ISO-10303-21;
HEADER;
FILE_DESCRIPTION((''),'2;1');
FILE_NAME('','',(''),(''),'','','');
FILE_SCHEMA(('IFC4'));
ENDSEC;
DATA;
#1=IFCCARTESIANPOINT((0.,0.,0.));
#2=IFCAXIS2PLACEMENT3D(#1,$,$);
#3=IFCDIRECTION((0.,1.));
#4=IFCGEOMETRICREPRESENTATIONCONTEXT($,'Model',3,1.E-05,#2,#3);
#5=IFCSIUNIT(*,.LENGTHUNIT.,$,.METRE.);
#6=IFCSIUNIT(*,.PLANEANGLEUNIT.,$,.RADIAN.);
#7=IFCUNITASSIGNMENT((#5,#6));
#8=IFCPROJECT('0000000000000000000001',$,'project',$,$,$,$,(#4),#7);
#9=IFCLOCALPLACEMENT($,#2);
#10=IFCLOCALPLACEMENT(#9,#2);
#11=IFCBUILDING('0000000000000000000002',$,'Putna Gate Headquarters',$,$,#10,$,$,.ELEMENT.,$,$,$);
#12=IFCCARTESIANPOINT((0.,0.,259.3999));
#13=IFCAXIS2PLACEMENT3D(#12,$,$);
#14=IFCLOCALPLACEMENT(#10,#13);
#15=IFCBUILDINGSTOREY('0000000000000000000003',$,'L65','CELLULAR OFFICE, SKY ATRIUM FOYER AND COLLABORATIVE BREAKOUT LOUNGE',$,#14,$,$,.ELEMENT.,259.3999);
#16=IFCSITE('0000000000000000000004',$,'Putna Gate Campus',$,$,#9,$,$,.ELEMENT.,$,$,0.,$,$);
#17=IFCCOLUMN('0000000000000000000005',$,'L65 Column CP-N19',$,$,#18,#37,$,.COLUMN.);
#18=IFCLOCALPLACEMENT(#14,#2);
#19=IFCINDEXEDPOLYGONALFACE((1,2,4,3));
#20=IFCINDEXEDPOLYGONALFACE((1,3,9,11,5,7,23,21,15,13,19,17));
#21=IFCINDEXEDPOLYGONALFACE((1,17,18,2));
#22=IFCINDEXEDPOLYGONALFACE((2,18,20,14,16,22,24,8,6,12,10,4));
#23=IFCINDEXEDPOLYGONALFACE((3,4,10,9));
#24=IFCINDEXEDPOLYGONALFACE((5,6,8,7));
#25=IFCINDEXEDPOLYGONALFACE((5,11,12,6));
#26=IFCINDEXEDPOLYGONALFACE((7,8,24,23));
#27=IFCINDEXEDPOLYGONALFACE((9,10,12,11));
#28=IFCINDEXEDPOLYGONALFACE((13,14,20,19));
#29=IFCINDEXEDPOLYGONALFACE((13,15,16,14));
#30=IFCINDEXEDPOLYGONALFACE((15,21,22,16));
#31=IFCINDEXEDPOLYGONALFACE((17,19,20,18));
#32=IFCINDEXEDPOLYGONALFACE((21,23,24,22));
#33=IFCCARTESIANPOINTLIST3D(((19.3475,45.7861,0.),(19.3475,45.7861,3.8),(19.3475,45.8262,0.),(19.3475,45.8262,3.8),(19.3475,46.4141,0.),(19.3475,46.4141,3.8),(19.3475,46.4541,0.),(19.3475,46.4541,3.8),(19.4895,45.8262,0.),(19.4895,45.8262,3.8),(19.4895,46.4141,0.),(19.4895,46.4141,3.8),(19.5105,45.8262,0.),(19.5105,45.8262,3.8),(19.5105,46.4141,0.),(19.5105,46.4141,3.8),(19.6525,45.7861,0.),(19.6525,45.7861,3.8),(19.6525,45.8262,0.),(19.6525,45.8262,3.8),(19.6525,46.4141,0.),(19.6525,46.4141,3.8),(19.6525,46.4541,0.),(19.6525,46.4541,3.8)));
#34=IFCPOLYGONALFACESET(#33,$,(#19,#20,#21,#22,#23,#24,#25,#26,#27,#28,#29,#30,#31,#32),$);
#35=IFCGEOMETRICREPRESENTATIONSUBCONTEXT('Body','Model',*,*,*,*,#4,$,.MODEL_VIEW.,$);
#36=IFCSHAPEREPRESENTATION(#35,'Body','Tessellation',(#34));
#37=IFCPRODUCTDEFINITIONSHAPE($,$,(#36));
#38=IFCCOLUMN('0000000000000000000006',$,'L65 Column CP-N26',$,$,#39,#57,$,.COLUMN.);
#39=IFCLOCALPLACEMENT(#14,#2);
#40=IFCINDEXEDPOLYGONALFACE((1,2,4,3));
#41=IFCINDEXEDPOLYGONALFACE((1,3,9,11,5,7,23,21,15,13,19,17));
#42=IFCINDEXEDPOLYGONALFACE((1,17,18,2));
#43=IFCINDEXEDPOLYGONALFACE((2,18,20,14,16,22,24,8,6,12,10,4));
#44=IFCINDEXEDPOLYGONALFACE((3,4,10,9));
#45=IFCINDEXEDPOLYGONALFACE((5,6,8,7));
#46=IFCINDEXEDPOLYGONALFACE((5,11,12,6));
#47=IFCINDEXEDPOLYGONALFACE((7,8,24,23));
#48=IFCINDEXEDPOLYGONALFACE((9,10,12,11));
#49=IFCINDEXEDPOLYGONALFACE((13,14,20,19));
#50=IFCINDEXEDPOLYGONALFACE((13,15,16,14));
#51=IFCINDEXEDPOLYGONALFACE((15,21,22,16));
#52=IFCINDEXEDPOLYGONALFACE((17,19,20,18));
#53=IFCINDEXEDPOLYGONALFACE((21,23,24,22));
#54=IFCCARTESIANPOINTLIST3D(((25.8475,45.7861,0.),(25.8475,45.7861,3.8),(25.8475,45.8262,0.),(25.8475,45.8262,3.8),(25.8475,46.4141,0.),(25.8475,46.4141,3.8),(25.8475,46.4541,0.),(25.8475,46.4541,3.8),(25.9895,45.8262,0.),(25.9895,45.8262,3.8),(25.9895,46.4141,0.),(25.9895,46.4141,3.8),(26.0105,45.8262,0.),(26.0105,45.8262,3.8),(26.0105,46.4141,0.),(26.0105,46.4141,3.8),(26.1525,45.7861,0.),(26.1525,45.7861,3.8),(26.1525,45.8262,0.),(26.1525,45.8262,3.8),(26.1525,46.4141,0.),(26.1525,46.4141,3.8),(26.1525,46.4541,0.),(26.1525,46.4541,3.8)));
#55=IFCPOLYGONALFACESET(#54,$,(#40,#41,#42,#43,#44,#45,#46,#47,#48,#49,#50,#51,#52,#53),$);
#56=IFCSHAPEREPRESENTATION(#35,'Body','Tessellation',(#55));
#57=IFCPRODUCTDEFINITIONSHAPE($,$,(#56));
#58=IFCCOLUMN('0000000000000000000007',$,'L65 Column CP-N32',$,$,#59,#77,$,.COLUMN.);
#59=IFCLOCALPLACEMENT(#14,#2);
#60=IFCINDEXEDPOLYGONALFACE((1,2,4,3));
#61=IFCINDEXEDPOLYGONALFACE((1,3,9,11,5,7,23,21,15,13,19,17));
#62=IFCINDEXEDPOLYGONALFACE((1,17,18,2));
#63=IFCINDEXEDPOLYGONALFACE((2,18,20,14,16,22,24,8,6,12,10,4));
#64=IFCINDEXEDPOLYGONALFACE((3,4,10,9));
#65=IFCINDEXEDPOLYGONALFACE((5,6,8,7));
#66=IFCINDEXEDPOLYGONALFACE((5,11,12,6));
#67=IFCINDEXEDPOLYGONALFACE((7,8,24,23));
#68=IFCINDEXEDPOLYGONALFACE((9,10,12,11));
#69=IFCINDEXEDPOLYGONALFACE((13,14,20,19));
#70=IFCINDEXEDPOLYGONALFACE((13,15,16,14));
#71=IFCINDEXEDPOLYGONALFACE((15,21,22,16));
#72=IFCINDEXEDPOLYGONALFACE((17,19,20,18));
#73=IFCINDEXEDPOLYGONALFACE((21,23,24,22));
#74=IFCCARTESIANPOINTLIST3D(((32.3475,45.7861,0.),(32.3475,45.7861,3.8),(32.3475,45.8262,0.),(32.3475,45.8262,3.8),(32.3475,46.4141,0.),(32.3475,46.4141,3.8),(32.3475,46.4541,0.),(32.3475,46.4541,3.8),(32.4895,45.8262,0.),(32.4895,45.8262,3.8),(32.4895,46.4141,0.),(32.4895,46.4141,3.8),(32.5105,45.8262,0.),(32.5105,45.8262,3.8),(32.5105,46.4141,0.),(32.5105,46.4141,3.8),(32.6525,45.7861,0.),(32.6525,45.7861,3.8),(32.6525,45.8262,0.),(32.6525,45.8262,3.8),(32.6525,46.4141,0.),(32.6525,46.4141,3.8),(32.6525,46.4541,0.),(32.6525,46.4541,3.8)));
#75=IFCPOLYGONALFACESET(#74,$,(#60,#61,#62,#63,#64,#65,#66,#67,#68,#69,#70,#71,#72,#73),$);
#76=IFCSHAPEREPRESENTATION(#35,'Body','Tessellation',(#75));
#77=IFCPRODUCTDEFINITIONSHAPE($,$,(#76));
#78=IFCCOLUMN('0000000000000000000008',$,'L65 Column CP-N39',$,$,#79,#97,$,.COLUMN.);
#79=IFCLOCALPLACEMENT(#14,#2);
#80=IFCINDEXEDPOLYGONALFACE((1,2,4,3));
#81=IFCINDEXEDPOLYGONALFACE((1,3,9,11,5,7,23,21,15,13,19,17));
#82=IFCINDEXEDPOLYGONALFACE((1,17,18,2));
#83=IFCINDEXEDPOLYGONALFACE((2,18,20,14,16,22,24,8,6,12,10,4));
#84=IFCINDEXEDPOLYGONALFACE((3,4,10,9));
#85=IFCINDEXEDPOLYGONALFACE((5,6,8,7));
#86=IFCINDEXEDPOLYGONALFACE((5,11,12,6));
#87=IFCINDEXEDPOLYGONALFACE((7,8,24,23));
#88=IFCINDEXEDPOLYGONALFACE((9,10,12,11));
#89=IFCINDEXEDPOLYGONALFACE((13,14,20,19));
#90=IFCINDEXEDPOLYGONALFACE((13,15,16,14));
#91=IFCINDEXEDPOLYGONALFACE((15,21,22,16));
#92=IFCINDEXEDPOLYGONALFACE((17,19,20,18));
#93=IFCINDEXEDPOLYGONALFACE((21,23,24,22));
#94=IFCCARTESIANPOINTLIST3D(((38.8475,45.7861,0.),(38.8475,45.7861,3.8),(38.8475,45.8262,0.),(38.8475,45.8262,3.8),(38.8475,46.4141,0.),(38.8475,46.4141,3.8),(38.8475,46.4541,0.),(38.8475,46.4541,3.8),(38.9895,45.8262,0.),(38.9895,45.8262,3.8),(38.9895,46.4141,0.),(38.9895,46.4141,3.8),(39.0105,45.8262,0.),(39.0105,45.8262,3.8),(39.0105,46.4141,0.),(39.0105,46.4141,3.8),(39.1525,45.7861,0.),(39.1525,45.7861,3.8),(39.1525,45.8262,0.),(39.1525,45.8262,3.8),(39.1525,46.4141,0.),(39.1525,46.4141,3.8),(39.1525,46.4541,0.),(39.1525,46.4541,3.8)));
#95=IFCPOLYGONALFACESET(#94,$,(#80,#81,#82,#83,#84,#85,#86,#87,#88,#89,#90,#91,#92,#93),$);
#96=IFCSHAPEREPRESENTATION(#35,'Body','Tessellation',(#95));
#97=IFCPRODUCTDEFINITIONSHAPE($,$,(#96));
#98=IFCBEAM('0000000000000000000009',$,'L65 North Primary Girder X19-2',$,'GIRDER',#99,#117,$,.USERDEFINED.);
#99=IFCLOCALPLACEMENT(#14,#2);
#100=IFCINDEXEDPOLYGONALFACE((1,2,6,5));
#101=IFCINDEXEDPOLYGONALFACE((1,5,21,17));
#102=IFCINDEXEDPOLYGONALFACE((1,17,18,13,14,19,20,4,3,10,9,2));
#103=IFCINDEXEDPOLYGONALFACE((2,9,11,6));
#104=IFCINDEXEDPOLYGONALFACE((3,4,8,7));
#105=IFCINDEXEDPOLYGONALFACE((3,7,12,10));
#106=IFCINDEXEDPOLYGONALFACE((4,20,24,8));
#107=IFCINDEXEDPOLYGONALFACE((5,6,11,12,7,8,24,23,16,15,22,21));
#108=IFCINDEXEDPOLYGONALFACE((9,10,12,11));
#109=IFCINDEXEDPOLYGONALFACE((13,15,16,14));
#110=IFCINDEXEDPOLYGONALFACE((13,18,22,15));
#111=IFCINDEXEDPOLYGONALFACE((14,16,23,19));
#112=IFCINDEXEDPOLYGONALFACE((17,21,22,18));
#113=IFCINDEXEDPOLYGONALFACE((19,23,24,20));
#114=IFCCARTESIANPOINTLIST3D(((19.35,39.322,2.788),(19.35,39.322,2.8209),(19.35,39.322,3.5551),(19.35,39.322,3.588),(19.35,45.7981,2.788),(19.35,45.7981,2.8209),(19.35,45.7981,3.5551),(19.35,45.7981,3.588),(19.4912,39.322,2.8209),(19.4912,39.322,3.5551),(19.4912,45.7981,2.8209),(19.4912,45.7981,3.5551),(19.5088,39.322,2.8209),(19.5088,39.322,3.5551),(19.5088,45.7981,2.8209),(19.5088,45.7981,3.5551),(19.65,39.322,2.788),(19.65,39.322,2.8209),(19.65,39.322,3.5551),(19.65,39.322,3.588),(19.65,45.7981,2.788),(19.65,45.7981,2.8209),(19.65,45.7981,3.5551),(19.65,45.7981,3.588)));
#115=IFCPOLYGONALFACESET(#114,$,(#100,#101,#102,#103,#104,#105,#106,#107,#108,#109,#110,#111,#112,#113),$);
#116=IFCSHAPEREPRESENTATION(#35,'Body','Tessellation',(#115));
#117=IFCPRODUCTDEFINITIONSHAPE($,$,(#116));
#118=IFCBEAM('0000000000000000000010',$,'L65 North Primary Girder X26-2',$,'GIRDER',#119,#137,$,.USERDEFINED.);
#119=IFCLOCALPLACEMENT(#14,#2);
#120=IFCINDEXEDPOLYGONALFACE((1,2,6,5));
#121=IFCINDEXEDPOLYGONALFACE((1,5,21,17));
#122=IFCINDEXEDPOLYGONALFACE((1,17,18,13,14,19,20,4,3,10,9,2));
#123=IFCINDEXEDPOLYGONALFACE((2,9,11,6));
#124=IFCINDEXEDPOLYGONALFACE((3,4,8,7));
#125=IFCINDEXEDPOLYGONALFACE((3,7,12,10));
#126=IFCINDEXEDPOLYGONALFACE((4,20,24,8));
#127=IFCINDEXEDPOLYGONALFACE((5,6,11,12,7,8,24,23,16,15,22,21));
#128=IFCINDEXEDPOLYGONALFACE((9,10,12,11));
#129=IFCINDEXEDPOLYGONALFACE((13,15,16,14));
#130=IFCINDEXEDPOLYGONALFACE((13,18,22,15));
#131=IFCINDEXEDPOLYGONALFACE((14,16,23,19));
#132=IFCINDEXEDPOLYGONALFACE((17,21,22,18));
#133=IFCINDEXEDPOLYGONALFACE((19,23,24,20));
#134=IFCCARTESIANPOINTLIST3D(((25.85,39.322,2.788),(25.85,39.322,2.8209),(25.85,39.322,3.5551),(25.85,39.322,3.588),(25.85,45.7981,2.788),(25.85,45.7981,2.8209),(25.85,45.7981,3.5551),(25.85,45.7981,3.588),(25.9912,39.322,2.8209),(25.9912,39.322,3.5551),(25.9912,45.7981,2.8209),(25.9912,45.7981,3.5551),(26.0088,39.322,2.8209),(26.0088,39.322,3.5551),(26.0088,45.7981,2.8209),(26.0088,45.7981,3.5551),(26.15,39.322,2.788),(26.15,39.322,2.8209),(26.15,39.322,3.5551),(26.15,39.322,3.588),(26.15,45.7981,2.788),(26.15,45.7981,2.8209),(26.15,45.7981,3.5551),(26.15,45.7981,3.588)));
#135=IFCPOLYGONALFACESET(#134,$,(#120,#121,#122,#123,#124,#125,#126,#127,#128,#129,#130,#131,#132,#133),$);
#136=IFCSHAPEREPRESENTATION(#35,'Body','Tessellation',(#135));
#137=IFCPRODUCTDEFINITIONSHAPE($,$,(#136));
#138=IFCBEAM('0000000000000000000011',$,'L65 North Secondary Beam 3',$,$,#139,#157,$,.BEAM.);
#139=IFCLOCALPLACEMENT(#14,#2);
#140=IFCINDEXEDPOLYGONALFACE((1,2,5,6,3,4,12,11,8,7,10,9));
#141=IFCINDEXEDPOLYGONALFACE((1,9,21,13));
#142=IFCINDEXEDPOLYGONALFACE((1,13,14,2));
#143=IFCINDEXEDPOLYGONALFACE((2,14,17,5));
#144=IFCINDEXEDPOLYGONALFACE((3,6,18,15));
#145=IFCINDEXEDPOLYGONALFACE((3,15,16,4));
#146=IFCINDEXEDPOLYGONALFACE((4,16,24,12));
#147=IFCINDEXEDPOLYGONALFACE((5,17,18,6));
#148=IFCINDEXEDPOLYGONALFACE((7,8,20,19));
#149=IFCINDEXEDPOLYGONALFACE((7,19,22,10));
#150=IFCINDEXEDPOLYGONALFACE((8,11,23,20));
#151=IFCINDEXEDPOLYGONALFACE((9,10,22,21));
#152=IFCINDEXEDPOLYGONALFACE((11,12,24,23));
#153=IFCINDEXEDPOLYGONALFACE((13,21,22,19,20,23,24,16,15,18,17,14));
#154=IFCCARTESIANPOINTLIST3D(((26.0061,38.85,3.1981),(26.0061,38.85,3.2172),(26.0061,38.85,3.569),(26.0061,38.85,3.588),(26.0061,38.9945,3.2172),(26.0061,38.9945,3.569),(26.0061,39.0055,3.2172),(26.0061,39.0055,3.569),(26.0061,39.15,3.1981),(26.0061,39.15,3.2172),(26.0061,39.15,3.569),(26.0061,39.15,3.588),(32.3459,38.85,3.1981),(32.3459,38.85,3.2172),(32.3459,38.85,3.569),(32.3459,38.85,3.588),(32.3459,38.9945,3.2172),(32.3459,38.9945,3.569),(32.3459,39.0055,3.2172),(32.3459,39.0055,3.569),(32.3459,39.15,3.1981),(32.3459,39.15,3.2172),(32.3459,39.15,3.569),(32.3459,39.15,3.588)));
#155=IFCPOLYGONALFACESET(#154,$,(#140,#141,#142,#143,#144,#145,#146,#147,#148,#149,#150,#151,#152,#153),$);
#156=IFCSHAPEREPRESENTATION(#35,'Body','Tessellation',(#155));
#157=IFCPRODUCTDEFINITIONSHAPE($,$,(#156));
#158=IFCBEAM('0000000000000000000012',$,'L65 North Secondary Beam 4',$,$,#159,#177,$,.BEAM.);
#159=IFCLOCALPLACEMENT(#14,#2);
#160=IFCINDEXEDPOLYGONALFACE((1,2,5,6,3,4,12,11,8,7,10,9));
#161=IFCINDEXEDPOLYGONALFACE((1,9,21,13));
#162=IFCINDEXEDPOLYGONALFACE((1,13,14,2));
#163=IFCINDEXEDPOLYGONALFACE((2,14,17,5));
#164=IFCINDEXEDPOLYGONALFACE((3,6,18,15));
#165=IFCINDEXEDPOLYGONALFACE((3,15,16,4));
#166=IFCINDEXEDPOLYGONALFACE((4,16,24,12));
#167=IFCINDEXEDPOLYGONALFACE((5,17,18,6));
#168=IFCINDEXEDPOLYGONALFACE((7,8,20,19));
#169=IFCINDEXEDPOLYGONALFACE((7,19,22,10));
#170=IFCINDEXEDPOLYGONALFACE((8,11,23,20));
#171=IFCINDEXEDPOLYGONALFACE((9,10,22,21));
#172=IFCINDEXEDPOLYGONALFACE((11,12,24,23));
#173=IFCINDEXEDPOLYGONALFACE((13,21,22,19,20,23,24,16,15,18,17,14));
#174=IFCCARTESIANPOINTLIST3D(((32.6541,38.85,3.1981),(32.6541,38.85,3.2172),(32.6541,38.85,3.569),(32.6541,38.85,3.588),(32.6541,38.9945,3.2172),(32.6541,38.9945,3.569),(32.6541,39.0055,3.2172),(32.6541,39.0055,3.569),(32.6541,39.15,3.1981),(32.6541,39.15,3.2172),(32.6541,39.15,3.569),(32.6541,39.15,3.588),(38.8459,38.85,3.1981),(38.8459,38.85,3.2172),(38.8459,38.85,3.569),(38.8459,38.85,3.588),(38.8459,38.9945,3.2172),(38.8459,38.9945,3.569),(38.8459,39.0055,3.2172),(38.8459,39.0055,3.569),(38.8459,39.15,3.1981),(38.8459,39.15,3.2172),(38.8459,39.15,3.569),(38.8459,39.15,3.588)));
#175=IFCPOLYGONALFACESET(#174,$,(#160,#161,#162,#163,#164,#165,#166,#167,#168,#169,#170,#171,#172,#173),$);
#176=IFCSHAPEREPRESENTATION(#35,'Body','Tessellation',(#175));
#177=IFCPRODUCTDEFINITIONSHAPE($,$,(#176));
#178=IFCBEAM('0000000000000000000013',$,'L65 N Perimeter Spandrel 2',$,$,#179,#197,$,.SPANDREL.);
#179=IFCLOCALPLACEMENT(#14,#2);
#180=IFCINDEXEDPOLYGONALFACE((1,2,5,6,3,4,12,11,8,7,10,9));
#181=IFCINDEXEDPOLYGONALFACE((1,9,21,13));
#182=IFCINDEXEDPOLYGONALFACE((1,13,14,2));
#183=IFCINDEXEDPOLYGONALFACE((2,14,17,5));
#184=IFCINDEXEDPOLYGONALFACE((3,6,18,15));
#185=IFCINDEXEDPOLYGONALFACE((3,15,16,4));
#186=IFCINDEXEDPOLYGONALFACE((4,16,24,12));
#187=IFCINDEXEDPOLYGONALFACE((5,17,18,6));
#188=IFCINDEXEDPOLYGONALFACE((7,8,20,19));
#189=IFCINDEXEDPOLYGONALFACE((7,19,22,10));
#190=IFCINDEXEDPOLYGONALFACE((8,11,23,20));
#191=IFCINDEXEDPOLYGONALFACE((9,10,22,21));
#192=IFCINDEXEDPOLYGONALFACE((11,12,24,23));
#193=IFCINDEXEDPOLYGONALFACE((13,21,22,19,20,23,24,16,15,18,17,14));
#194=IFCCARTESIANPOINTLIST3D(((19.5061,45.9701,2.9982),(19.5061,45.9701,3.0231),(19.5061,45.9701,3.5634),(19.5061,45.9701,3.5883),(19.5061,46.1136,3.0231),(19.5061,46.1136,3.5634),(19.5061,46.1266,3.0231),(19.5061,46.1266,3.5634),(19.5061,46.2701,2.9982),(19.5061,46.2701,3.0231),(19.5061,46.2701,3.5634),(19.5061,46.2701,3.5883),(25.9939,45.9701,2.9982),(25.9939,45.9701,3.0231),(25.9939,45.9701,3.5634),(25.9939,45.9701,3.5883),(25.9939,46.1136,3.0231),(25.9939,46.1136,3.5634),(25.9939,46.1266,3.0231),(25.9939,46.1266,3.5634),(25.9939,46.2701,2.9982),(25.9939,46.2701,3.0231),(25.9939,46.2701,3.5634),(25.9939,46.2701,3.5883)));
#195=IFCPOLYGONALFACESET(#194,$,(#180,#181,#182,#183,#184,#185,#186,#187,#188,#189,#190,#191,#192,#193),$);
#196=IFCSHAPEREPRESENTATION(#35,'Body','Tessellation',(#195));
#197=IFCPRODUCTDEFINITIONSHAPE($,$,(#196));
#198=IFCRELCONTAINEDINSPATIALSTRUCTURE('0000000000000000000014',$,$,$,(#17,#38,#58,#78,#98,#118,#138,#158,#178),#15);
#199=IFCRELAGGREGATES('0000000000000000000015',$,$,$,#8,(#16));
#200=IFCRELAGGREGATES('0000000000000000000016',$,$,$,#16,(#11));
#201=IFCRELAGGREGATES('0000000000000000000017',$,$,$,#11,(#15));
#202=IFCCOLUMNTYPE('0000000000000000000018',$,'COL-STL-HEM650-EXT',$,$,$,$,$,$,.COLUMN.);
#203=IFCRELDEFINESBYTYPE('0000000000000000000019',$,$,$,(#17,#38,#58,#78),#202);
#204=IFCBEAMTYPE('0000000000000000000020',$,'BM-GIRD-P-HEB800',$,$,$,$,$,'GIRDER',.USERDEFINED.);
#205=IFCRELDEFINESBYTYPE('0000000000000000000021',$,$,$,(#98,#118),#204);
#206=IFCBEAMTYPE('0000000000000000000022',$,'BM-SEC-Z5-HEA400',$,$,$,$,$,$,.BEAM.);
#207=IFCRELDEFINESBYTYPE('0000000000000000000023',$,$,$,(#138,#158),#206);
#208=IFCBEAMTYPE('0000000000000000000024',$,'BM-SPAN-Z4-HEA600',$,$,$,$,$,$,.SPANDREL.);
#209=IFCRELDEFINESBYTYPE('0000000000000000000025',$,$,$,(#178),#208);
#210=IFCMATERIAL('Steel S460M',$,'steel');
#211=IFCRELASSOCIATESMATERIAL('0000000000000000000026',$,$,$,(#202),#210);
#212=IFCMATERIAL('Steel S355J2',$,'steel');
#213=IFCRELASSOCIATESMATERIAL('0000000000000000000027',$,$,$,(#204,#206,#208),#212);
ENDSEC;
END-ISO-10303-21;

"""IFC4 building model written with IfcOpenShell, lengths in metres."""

from ifc_helpers import new_model, si_unit, direction, frame, origin, origin_2d, place, context, subcontext, project, spatial, i_section, extrude, material, material_profile, profile_set, type_object, element, save


model = new_model("IFC4")

# Units and contexts
model_context = context("Model", 3, precision=1e-05, world=origin(), true_north=direction((0.0, 1.0)))
body_context = subcontext(model_context, "Body", "Model", "MODEL_VIEW")
ifc_project = project(units=[si_unit("LENGTHUNIT", "METRE"), si_unit("PLANEANGLEUNIT", "RADIAN")], contexts=[model_context])

# Site, building, storey
site_placement = place(None, origin())
site = spatial("IfcSite", under=ifc_project, at=site_placement, Name="Putna Gate Campus", CompositionType="ELEMENT", RefElevation=0.0)
building_placement = place(site_placement, origin())
building = spatial("IfcBuilding", under=site, at=building_placement, Name="Putna Gate Headquarters", CompositionType="ELEMENT")
storey_placement = place(building_placement, frame((0.0, 0.0, 259.3999)))
storey = spatial("IfcBuildingStorey", under=building, at=storey_placement, Name="L65", Description="CELLULAR OFFICE, SKY ATRIUM FOYER AND COLLABORATIVE BREAKOUT LOUNGE", CompositionType="ELEMENT", Elevation=259.3999)

# Columns
ifc_material_1 = material(Name="Steel S460M", Category="steel")
ifc_material_profile_1 = material_profile(ifc_material_1, i_section(OverallWidth=0.3049, OverallDepth=0.668, WebThickness=0.021, FlangeThickness=0.04, at=origin_2d()), Name="Steel S460M")
ifc_profile_set_1 = profile_set([ifc_material_profile_1], Name="Steel S460M")
column_type = type_object("IfcColumnType", Name="COL-STL-HEM650-EXT", PredefinedType="COLUMN", material=ifc_profile_set_1)
for number, where, z_axis, x_axis, name in (
    (1, (19.5, 46.1201, 0.0), (0.0, 0.0, 1.0), (1.0, 0.0, 0.0), "L65 Column CP-N19"),
    (2, (26.0, 46.1201, 0.0), (0.0, 0.0, 1.0), (1.0, 0.0, 0.0), "L65 Column CP-N26"),
    (3, (32.5, 46.1201, 0.0), (0.0, 0.0, 1.0), (1.0, 0.0, 0.0), "L65 Column CP-N32"),
    (4, (39.0, 46.1201, 0.0), (0.0, 0.0, 1.0), (1.0, 0.0, 0.0), "L65 Column CP-N39"),
):
    element("IfcColumn", number, at=place(storey_placement, frame(where, z_axis=z_axis, x_axis=x_axis)), inside=storey, type_object=column_type, Name=name, PredefinedType="COLUMN", context=body_context, shape_type="SweptSolid", body=[
        extrude(i_section(OverallWidth=0.3049, OverallDepth=0.668, WebThickness=0.021, FlangeThickness=0.04, at=origin_2d()), origin(), (0.0, 0.0, 1.0), 3.8),
    ])

# Beams
ifc_material_2 = material(Name="Steel S355J2", Category="steel")
ifc_material_profile_2 = material_profile(ifc_material_2, i_section(OverallWidth=0.3, OverallDepth=0.8, WebThickness=0.0176, FlangeThickness=0.033, at=origin_2d()), Name="Steel S355J2")
ifc_profile_set_2 = profile_set([ifc_material_profile_2], Name="Steel S355J2")
beam_type_1 = type_object("IfcBeamType", Name="BM-GIRD-P-HEB800", ElementType="GIRDER", PredefinedType="USERDEFINED", material=ifc_profile_set_2)
for number, where, z_axis, x_axis, name in (
    (5, (19.5, 39.322, 3.188), (0.0, 1.0, 0.0), (-1.0, 0.0, 0.0), "L65 North Primary Girder X19-2"),
    (6, (26.0, 39.322, 3.188), (0.0, 1.0, 0.0), (-1.0, 0.0, 0.0), "L65 North Primary Girder X26-2"),
):
    element("IfcBeam", number, at=place(storey_placement, frame(where, z_axis=z_axis, x_axis=x_axis)), inside=storey, type_object=beam_type_1, Name=name, ObjectType="GIRDER", PredefinedType="USERDEFINED", context=body_context, shape_type="SweptSolid", body=[
        extrude(i_section(OverallWidth=0.3, OverallDepth=0.8, WebThickness=0.0176, FlangeThickness=0.033, at=origin_2d()), origin(), (0.0, 0.0, 1.0), 6.4761),
    ])
ifc_material_profile_3 = material_profile(ifc_material_2, i_section(OverallWidth=0.3, OverallDepth=0.3899, WebThickness=0.011, FlangeThickness=0.019, at=origin_2d()), Name="Steel S355J2")
ifc_profile_set_3 = profile_set([ifc_material_profile_3], Name="Steel S355J2")
beam_type_2 = type_object("IfcBeamType", Name="BM-SEC-Z5-HEA400", PredefinedType="BEAM", material=ifc_profile_set_3)
beam_1_placement = place(storey_placement, frame((26.0061, 39.0, 3.3931), z_axis=(1.0, 0.0, 0.0), x_axis=(0.0, 1.0, 0.0)))
element("IfcBeam", 7, at=beam_1_placement, inside=storey, type_object=beam_type_2, Name="L65 North Secondary Beam 3", PredefinedType="BEAM", context=body_context, shape_type="SweptSolid", body=[
    extrude(i_section(OverallWidth=0.3, OverallDepth=0.3899, WebThickness=0.011, FlangeThickness=0.019, at=origin_2d()), origin(), (0.0, 0.0, 1.0), 6.3398),
])
beam_2_placement = place(storey_placement, frame((32.6541, 39.0, 3.3931), z_axis=(1.0, 0.0, 0.0), x_axis=(0.0, 1.0, 0.0)))
element("IfcBeam", 8, at=beam_2_placement, inside=storey, type_object=beam_type_2, Name="L65 North Secondary Beam 4", PredefinedType="BEAM", context=body_context, shape_type="SweptSolid", body=[
    extrude(i_section(OverallWidth=0.3, OverallDepth=0.3899, WebThickness=0.011, FlangeThickness=0.019, at=origin_2d()), origin(), (0.0, 0.0, 1.0), 6.1919),
])
ifc_material_profile_4 = material_profile(ifc_material_2, i_section(OverallWidth=0.3, OverallDepth=0.5901, WebThickness=0.0129, FlangeThickness=0.0249, at=origin_2d()), Name="Steel S355J2")
ifc_profile_set_4 = profile_set([ifc_material_profile_4], Name="Steel S355J2")
beam_type_3 = type_object("IfcBeamType", Name="BM-SPAN-Z4-HEA600", PredefinedType="SPANDREL", material=ifc_profile_set_4)
for number, where, z_axis, x_axis, name in (
    (9, (19.5061, 46.1201, 3.2932), (1.0, 0.0, 0.0), (0.0, 1.0, 0.0), "L65 N Perimeter Spandrel 2"),
):
    element("IfcBeam", number, at=place(storey_placement, frame(where, z_axis=z_axis, x_axis=x_axis)), inside=storey, type_object=beam_type_3, Name=name, PredefinedType="SPANDREL", context=body_context, shape_type="SweptSolid", body=[
        extrude(i_section(OverallWidth=0.3, OverallDepth=0.5901, WebThickness=0.0129, FlangeThickness=0.0249, at=origin_2d()), origin(), (0.0, 0.0, 1.0), 6.4878),
    ])

save(model, "model.ifc")
